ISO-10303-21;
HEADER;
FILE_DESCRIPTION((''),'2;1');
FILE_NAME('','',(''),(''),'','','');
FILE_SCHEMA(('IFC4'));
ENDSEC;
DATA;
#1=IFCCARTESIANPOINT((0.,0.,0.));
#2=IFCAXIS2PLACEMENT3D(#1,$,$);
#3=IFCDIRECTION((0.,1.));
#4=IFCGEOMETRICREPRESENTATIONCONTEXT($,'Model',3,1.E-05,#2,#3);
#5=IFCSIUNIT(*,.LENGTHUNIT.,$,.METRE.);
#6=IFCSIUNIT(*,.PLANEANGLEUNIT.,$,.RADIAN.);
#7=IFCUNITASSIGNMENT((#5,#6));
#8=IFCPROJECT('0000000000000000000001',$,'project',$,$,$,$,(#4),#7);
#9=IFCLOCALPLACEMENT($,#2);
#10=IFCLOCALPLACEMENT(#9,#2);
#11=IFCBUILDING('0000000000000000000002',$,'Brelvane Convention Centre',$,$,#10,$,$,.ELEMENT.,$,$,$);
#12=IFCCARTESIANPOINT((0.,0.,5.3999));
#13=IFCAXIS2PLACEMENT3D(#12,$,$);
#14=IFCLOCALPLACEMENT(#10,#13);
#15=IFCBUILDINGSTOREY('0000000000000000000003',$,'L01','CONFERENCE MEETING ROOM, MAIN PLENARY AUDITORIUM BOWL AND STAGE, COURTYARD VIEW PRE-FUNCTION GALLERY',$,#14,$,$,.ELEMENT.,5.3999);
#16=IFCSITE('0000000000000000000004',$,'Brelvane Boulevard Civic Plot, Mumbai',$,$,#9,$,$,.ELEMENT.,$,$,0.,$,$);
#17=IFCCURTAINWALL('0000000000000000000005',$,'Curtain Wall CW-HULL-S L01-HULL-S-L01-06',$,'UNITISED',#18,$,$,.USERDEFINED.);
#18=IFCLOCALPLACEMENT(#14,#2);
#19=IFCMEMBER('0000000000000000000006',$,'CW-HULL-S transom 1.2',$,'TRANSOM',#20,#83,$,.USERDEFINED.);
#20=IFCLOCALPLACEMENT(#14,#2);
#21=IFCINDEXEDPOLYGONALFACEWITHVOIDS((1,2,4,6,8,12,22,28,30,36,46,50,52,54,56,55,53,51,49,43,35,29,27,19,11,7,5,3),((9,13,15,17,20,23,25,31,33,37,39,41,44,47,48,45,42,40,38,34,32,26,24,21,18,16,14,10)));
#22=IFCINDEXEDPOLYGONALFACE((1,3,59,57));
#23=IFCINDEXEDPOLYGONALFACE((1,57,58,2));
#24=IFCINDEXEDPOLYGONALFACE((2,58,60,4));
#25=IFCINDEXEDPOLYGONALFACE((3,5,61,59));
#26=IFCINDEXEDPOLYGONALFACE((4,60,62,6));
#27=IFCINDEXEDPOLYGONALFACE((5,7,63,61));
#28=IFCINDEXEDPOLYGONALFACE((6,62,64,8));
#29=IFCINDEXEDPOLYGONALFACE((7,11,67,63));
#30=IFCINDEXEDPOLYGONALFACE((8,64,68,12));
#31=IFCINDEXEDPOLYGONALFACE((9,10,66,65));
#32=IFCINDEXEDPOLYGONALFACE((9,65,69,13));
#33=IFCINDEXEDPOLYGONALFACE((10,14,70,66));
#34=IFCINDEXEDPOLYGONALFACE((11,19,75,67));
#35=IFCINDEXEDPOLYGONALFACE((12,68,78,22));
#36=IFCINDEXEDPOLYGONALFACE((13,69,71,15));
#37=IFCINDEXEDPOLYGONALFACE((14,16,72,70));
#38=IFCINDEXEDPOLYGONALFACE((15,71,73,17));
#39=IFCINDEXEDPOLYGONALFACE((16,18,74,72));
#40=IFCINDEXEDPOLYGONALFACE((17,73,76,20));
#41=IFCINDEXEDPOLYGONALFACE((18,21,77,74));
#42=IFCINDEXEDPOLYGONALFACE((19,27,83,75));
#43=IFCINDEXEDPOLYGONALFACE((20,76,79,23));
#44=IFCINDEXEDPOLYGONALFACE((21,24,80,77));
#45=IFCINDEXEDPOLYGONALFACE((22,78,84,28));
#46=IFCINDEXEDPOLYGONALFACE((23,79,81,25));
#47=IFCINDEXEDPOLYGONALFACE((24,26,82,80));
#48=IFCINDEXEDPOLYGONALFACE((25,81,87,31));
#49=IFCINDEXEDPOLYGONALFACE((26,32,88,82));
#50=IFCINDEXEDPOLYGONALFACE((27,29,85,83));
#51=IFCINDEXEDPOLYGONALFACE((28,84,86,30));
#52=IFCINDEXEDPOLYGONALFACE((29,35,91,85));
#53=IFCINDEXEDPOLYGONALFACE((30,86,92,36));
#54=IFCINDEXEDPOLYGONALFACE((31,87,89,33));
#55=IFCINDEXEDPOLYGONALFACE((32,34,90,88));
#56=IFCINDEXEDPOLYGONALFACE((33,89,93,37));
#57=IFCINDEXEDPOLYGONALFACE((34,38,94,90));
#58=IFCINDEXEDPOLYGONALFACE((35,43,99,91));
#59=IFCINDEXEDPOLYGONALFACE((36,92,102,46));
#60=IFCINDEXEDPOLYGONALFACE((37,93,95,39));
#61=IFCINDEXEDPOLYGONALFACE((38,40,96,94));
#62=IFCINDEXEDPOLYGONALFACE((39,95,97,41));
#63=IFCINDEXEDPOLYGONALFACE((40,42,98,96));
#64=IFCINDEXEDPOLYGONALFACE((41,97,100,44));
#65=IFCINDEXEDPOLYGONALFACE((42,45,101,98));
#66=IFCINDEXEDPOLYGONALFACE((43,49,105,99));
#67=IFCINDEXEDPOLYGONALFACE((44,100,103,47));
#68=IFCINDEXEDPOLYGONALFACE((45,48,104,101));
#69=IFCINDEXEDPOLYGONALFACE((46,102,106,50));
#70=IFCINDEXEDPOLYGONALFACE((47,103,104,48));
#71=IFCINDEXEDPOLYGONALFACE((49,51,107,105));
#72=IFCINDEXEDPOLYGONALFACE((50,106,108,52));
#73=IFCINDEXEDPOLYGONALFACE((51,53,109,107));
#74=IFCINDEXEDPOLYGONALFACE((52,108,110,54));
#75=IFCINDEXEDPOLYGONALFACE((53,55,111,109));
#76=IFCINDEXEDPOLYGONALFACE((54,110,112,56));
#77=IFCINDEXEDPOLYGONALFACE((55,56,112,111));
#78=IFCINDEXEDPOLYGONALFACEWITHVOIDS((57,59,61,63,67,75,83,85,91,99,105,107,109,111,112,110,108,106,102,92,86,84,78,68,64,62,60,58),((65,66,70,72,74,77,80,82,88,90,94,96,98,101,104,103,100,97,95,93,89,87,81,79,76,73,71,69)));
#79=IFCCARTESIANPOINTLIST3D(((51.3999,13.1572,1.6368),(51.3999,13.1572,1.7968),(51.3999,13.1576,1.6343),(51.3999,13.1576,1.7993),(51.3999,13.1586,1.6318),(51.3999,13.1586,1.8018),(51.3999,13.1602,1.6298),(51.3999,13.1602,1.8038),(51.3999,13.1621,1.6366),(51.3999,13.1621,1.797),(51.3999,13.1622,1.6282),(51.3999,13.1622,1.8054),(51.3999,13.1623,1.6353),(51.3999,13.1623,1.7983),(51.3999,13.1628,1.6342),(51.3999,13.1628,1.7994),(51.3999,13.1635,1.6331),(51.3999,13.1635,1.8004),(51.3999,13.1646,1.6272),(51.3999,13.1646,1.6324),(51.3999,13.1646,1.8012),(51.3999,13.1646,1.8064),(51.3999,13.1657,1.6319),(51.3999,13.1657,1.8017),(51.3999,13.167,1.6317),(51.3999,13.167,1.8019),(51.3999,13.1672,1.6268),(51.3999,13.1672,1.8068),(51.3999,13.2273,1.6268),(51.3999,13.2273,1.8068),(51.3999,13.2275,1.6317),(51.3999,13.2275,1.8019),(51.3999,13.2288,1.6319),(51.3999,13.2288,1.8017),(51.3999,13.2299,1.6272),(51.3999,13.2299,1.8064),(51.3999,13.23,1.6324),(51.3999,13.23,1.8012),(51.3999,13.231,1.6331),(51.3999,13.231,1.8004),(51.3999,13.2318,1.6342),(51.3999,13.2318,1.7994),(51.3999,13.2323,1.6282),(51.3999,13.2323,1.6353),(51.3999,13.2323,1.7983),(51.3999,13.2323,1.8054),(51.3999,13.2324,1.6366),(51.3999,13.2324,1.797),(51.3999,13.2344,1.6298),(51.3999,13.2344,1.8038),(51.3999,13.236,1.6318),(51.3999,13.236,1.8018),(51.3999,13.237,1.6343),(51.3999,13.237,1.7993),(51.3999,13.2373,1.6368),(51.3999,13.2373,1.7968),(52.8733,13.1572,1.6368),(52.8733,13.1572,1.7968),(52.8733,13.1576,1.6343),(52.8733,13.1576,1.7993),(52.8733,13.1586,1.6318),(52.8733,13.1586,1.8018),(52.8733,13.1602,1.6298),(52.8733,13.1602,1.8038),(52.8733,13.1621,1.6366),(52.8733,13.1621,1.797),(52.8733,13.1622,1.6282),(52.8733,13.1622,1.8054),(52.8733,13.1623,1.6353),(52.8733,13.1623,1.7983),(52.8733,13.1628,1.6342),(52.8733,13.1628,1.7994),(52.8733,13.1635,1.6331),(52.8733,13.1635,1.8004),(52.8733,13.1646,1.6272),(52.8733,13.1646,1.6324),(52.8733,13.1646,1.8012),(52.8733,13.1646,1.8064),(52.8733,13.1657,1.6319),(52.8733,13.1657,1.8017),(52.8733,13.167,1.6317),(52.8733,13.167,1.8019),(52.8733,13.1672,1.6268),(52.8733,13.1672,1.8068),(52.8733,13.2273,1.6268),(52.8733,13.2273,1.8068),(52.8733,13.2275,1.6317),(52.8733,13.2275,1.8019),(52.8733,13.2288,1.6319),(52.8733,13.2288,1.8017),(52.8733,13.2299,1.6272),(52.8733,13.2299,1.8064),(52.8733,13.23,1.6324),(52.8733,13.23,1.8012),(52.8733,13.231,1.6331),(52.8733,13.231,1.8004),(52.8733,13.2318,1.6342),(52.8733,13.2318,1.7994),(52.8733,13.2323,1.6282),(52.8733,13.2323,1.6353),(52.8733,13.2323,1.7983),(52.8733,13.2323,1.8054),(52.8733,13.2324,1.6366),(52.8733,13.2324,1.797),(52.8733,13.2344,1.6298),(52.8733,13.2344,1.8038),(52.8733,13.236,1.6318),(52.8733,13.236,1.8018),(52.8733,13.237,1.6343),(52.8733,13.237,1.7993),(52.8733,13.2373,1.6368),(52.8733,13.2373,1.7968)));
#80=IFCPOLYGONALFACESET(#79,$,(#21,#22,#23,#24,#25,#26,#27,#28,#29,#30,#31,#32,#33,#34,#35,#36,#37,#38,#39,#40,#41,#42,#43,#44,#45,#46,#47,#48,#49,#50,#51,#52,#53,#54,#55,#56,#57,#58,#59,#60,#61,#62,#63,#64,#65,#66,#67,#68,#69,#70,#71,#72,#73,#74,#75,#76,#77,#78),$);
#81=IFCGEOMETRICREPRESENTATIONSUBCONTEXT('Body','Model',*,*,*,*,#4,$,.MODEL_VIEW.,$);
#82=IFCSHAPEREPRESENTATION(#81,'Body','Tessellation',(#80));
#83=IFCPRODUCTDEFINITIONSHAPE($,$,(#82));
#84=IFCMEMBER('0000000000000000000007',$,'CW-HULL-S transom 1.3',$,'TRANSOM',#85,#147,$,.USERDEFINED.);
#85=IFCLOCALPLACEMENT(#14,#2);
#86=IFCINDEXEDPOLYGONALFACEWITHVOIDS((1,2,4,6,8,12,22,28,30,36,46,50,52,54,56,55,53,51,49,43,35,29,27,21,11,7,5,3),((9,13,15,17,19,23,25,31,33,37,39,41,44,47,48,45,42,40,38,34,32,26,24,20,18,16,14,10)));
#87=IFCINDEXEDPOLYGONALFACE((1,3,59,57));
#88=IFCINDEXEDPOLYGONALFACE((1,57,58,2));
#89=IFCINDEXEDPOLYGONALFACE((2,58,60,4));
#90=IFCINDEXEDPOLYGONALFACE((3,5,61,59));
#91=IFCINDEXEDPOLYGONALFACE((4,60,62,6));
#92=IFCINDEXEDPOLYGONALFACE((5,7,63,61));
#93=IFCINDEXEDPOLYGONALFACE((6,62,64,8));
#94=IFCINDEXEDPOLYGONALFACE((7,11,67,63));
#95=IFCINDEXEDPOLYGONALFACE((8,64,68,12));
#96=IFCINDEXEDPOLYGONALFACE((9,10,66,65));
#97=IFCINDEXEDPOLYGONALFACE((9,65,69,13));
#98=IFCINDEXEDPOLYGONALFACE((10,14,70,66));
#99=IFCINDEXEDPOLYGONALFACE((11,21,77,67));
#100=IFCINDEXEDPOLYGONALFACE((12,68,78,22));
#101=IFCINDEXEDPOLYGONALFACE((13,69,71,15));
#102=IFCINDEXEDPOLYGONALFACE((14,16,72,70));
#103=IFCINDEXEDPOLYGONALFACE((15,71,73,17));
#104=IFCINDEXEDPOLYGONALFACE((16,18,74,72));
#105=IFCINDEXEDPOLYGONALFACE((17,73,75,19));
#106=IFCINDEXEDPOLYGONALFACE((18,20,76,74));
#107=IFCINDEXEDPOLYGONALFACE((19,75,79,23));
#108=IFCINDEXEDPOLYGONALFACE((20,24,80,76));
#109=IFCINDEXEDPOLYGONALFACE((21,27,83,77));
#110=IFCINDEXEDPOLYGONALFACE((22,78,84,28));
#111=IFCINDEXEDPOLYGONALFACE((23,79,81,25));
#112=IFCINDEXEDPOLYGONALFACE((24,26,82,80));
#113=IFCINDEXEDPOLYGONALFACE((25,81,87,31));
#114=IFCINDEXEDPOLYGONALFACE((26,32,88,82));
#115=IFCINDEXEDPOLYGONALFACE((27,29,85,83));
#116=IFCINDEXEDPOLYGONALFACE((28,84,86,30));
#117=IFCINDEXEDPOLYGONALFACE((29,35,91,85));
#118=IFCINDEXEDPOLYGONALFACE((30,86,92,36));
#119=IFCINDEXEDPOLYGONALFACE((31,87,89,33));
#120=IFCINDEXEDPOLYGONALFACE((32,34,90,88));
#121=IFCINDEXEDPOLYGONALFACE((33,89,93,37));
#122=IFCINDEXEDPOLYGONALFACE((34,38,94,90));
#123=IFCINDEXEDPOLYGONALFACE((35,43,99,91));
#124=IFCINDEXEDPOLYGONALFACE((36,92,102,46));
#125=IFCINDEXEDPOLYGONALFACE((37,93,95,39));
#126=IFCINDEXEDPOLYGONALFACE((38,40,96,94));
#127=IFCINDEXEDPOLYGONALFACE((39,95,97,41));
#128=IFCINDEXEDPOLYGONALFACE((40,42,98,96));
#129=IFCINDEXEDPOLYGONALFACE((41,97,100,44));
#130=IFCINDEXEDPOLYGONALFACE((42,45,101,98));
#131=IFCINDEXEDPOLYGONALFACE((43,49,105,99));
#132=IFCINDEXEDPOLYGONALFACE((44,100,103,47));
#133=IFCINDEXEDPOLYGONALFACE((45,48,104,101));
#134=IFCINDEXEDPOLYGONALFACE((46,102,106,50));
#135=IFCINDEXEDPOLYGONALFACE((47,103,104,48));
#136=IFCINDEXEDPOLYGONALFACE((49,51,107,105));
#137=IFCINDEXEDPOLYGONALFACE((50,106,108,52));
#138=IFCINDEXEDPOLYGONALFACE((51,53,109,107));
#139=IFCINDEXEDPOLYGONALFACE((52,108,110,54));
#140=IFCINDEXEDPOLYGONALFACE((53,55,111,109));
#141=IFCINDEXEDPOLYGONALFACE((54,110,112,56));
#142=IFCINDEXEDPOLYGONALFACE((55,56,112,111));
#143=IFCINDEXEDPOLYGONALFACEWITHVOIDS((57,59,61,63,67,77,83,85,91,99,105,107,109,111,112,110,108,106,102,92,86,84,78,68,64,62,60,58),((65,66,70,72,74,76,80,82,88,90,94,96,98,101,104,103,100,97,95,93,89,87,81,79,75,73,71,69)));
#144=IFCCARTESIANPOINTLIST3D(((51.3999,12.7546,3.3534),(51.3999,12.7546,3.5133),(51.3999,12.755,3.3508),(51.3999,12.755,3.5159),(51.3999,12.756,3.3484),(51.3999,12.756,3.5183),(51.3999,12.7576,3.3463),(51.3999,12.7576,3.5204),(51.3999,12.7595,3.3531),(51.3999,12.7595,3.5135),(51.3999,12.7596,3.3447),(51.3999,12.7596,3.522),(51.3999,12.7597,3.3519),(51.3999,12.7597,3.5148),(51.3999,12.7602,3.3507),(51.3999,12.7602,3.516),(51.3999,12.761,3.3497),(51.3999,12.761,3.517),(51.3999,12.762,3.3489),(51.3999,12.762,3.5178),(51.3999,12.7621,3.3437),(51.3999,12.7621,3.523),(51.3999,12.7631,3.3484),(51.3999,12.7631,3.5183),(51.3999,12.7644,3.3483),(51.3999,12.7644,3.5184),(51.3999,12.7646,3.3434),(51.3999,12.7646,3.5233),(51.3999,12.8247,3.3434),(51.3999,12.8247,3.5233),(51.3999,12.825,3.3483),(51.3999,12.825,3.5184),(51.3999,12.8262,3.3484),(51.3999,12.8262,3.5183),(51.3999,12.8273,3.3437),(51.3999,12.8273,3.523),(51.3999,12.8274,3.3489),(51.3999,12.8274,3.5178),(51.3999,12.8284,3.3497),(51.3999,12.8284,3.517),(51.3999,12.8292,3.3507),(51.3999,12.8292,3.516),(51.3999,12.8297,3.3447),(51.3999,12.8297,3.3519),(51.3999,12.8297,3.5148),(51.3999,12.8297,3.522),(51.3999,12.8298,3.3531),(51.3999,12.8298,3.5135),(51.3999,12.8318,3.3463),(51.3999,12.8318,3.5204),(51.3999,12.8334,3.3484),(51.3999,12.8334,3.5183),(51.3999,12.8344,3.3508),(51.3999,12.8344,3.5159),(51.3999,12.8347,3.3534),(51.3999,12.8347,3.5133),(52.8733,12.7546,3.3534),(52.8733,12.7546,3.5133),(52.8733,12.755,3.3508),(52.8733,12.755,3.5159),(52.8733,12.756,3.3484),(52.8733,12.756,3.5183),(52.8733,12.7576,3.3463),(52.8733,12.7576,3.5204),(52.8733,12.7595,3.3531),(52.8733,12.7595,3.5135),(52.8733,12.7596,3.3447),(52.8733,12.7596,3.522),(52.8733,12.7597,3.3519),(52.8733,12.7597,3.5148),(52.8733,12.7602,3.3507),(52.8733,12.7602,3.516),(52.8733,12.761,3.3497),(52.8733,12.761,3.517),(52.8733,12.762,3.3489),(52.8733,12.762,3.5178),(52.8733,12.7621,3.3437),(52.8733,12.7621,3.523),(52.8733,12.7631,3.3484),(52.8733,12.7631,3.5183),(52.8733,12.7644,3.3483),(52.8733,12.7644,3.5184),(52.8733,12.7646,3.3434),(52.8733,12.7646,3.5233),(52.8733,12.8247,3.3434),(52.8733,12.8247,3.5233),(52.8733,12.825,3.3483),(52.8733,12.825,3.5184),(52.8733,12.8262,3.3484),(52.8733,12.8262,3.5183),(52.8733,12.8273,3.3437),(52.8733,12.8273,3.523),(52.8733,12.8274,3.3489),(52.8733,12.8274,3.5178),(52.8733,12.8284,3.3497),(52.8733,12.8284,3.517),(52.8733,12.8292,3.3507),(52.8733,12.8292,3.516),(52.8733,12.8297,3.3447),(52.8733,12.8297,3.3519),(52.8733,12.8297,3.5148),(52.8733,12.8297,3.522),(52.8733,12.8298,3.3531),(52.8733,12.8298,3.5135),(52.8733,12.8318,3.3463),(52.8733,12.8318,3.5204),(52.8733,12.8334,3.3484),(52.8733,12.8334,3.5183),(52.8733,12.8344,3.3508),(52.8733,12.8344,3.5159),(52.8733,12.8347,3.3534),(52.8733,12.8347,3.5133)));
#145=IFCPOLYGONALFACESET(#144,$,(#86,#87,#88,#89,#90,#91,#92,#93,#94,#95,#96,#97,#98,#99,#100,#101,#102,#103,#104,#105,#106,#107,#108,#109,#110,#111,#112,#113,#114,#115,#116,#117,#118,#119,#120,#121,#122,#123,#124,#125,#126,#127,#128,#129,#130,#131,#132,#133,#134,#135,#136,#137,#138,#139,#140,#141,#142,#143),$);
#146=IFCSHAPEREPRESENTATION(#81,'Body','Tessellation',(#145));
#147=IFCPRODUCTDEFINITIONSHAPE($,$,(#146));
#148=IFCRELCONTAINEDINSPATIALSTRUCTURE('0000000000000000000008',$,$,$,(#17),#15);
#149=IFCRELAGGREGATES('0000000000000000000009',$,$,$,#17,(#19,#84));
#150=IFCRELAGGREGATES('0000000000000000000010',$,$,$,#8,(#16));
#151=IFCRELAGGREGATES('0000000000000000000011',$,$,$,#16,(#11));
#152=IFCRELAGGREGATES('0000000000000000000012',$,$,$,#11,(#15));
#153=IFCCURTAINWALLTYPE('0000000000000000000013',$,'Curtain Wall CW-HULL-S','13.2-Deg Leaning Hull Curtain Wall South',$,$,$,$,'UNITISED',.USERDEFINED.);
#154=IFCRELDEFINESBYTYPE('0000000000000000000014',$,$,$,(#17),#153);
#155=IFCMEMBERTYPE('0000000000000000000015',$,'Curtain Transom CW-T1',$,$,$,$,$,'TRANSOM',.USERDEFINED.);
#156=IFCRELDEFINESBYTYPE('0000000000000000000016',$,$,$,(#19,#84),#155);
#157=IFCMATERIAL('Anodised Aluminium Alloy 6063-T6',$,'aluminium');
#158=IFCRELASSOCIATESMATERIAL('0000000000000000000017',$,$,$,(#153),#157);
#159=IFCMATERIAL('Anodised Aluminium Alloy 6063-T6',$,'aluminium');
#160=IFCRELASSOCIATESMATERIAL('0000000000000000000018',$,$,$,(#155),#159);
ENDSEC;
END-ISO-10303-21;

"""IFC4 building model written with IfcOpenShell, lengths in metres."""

from ifc_helpers import new_model, si_unit, direction, frame, origin, origin_2d, place, context, subcontext, project, spatial, hollow_rectangle, extrude, material, material_profile, profile_set, type_object, element, aggregate, save


model = new_model("IFC4")

# Units and contexts
model_context = context("Model", 3, precision=1e-05, world=origin(), true_north=direction((0.0, 1.0)))
body_context = subcontext(model_context, "Body", "Model", "MODEL_VIEW")
ifc_project = project(units=[si_unit("LENGTHUNIT", "METRE"), si_unit("PLANEANGLEUNIT", "RADIAN")], contexts=[model_context])

# Site, building, storey
site_placement = place(None, origin())
site = spatial("IfcSite", under=ifc_project, at=site_placement, Name="Brelvane Boulevard Civic Plot, Mumbai", CompositionType="ELEMENT", RefElevation=0.0)
building_placement = place(site_placement, origin())
building = spatial("IfcBuilding", under=site, at=building_placement, Name="Brelvane Convention Centre", CompositionType="ELEMENT")
storey_placement = place(building_placement, frame((0.0, 0.0, 5.3999)))
storey = spatial("IfcBuildingStorey", under=building, at=storey_placement, Name="L01", Description="CONFERENCE MEETING ROOM, MAIN PLENARY AUDITORIUM BOWL AND STAGE, COURTYARD VIEW PRE-FUNCTION GALLERY", CompositionType="ELEMENT", Elevation=5.3999)

# Curtain wall, members
ifc_material_1 = material(Name="Anodised Aluminium Alloy 6063-T6", Category="aluminium")
curtain_wall_type = type_object("IfcCurtainWallType", Name="Curtain Wall CW-HULL-S", Description="13.2-Deg Leaning Hull Curtain Wall South", ElementType="UNITISED", PredefinedType="USERDEFINED", material=ifc_material_1)
ifc_material_2 = material(Name="Anodised Aluminium Alloy 6063-T6", Category="aluminium")
ifc_material_profile = material_profile(ifc_material_2, hollow_rectangle(XDim=0.0801, YDim=0.1799, WallThickness=0.0049, InnerFilletRadius=0.0049, OuterFilletRadius=0.01, at=origin_2d()), Name="ALU-T 180x80x5.0")
ifc_profile_set = profile_set([ifc_material_profile], Name="Anodised Aluminium Alloy 6063-T6")
member_type = type_object("IfcMemberType", Name="Curtain Transom CW-T1", ElementType="TRANSOM", PredefinedType="USERDEFINED", material=ifc_profile_set)
curtain_wall_1_placement = place(storey_placement, origin())
curtain_wall_1 = element("IfcCurtainWall", 1, at=curtain_wall_1_placement, inside=storey, type_object=curtain_wall_type, Name="Curtain Wall CW-HULL-S L01-HULL-S-L01-06", ObjectType="UNITISED", PredefinedType="USERDEFINED")
member_1_placement = place(storey_placement, frame((51.3999, 13.1973, 1.7168), z_axis=(1.0, 0.0, 0.0), x_axis=(0.0, 1.0, 0.0)))
member_1 = element("IfcMember", 2, at=member_1_placement, type_object=member_type, Name="CW-HULL-S transom 1.2", ObjectType="TRANSOM", PredefinedType="USERDEFINED", context=body_context, shape_type="SweptSolid", body=[
    extrude(hollow_rectangle(XDim=0.0801, YDim=0.1799, WallThickness=0.0049, InnerFilletRadius=0.0049, OuterFilletRadius=0.01, at=origin_2d()), origin(), (0.0, 0.0, 1.0), 1.4734),
])
member_2_placement = place(storey_placement, frame((51.3999, 12.7947, 3.4333), z_axis=(1.0, 0.0, 0.0), x_axis=(0.0, 1.0, 0.0)))
member_2 = element("IfcMember", 3, at=member_2_placement, type_object=member_type, Name="CW-HULL-S transom 1.3", ObjectType="TRANSOM", PredefinedType="USERDEFINED", context=body_context, shape_type="SweptSolid", body=[
    extrude(hollow_rectangle(XDim=0.0801, YDim=0.1799, WallThickness=0.0049, InnerFilletRadius=0.0049, OuterFilletRadius=0.01, at=origin_2d()), origin(), (0.0, 0.0, 1.0), 1.4734),
])

aggregate(curtain_wall_1, [member_1, member_2])

save(model, "model.ifc")
